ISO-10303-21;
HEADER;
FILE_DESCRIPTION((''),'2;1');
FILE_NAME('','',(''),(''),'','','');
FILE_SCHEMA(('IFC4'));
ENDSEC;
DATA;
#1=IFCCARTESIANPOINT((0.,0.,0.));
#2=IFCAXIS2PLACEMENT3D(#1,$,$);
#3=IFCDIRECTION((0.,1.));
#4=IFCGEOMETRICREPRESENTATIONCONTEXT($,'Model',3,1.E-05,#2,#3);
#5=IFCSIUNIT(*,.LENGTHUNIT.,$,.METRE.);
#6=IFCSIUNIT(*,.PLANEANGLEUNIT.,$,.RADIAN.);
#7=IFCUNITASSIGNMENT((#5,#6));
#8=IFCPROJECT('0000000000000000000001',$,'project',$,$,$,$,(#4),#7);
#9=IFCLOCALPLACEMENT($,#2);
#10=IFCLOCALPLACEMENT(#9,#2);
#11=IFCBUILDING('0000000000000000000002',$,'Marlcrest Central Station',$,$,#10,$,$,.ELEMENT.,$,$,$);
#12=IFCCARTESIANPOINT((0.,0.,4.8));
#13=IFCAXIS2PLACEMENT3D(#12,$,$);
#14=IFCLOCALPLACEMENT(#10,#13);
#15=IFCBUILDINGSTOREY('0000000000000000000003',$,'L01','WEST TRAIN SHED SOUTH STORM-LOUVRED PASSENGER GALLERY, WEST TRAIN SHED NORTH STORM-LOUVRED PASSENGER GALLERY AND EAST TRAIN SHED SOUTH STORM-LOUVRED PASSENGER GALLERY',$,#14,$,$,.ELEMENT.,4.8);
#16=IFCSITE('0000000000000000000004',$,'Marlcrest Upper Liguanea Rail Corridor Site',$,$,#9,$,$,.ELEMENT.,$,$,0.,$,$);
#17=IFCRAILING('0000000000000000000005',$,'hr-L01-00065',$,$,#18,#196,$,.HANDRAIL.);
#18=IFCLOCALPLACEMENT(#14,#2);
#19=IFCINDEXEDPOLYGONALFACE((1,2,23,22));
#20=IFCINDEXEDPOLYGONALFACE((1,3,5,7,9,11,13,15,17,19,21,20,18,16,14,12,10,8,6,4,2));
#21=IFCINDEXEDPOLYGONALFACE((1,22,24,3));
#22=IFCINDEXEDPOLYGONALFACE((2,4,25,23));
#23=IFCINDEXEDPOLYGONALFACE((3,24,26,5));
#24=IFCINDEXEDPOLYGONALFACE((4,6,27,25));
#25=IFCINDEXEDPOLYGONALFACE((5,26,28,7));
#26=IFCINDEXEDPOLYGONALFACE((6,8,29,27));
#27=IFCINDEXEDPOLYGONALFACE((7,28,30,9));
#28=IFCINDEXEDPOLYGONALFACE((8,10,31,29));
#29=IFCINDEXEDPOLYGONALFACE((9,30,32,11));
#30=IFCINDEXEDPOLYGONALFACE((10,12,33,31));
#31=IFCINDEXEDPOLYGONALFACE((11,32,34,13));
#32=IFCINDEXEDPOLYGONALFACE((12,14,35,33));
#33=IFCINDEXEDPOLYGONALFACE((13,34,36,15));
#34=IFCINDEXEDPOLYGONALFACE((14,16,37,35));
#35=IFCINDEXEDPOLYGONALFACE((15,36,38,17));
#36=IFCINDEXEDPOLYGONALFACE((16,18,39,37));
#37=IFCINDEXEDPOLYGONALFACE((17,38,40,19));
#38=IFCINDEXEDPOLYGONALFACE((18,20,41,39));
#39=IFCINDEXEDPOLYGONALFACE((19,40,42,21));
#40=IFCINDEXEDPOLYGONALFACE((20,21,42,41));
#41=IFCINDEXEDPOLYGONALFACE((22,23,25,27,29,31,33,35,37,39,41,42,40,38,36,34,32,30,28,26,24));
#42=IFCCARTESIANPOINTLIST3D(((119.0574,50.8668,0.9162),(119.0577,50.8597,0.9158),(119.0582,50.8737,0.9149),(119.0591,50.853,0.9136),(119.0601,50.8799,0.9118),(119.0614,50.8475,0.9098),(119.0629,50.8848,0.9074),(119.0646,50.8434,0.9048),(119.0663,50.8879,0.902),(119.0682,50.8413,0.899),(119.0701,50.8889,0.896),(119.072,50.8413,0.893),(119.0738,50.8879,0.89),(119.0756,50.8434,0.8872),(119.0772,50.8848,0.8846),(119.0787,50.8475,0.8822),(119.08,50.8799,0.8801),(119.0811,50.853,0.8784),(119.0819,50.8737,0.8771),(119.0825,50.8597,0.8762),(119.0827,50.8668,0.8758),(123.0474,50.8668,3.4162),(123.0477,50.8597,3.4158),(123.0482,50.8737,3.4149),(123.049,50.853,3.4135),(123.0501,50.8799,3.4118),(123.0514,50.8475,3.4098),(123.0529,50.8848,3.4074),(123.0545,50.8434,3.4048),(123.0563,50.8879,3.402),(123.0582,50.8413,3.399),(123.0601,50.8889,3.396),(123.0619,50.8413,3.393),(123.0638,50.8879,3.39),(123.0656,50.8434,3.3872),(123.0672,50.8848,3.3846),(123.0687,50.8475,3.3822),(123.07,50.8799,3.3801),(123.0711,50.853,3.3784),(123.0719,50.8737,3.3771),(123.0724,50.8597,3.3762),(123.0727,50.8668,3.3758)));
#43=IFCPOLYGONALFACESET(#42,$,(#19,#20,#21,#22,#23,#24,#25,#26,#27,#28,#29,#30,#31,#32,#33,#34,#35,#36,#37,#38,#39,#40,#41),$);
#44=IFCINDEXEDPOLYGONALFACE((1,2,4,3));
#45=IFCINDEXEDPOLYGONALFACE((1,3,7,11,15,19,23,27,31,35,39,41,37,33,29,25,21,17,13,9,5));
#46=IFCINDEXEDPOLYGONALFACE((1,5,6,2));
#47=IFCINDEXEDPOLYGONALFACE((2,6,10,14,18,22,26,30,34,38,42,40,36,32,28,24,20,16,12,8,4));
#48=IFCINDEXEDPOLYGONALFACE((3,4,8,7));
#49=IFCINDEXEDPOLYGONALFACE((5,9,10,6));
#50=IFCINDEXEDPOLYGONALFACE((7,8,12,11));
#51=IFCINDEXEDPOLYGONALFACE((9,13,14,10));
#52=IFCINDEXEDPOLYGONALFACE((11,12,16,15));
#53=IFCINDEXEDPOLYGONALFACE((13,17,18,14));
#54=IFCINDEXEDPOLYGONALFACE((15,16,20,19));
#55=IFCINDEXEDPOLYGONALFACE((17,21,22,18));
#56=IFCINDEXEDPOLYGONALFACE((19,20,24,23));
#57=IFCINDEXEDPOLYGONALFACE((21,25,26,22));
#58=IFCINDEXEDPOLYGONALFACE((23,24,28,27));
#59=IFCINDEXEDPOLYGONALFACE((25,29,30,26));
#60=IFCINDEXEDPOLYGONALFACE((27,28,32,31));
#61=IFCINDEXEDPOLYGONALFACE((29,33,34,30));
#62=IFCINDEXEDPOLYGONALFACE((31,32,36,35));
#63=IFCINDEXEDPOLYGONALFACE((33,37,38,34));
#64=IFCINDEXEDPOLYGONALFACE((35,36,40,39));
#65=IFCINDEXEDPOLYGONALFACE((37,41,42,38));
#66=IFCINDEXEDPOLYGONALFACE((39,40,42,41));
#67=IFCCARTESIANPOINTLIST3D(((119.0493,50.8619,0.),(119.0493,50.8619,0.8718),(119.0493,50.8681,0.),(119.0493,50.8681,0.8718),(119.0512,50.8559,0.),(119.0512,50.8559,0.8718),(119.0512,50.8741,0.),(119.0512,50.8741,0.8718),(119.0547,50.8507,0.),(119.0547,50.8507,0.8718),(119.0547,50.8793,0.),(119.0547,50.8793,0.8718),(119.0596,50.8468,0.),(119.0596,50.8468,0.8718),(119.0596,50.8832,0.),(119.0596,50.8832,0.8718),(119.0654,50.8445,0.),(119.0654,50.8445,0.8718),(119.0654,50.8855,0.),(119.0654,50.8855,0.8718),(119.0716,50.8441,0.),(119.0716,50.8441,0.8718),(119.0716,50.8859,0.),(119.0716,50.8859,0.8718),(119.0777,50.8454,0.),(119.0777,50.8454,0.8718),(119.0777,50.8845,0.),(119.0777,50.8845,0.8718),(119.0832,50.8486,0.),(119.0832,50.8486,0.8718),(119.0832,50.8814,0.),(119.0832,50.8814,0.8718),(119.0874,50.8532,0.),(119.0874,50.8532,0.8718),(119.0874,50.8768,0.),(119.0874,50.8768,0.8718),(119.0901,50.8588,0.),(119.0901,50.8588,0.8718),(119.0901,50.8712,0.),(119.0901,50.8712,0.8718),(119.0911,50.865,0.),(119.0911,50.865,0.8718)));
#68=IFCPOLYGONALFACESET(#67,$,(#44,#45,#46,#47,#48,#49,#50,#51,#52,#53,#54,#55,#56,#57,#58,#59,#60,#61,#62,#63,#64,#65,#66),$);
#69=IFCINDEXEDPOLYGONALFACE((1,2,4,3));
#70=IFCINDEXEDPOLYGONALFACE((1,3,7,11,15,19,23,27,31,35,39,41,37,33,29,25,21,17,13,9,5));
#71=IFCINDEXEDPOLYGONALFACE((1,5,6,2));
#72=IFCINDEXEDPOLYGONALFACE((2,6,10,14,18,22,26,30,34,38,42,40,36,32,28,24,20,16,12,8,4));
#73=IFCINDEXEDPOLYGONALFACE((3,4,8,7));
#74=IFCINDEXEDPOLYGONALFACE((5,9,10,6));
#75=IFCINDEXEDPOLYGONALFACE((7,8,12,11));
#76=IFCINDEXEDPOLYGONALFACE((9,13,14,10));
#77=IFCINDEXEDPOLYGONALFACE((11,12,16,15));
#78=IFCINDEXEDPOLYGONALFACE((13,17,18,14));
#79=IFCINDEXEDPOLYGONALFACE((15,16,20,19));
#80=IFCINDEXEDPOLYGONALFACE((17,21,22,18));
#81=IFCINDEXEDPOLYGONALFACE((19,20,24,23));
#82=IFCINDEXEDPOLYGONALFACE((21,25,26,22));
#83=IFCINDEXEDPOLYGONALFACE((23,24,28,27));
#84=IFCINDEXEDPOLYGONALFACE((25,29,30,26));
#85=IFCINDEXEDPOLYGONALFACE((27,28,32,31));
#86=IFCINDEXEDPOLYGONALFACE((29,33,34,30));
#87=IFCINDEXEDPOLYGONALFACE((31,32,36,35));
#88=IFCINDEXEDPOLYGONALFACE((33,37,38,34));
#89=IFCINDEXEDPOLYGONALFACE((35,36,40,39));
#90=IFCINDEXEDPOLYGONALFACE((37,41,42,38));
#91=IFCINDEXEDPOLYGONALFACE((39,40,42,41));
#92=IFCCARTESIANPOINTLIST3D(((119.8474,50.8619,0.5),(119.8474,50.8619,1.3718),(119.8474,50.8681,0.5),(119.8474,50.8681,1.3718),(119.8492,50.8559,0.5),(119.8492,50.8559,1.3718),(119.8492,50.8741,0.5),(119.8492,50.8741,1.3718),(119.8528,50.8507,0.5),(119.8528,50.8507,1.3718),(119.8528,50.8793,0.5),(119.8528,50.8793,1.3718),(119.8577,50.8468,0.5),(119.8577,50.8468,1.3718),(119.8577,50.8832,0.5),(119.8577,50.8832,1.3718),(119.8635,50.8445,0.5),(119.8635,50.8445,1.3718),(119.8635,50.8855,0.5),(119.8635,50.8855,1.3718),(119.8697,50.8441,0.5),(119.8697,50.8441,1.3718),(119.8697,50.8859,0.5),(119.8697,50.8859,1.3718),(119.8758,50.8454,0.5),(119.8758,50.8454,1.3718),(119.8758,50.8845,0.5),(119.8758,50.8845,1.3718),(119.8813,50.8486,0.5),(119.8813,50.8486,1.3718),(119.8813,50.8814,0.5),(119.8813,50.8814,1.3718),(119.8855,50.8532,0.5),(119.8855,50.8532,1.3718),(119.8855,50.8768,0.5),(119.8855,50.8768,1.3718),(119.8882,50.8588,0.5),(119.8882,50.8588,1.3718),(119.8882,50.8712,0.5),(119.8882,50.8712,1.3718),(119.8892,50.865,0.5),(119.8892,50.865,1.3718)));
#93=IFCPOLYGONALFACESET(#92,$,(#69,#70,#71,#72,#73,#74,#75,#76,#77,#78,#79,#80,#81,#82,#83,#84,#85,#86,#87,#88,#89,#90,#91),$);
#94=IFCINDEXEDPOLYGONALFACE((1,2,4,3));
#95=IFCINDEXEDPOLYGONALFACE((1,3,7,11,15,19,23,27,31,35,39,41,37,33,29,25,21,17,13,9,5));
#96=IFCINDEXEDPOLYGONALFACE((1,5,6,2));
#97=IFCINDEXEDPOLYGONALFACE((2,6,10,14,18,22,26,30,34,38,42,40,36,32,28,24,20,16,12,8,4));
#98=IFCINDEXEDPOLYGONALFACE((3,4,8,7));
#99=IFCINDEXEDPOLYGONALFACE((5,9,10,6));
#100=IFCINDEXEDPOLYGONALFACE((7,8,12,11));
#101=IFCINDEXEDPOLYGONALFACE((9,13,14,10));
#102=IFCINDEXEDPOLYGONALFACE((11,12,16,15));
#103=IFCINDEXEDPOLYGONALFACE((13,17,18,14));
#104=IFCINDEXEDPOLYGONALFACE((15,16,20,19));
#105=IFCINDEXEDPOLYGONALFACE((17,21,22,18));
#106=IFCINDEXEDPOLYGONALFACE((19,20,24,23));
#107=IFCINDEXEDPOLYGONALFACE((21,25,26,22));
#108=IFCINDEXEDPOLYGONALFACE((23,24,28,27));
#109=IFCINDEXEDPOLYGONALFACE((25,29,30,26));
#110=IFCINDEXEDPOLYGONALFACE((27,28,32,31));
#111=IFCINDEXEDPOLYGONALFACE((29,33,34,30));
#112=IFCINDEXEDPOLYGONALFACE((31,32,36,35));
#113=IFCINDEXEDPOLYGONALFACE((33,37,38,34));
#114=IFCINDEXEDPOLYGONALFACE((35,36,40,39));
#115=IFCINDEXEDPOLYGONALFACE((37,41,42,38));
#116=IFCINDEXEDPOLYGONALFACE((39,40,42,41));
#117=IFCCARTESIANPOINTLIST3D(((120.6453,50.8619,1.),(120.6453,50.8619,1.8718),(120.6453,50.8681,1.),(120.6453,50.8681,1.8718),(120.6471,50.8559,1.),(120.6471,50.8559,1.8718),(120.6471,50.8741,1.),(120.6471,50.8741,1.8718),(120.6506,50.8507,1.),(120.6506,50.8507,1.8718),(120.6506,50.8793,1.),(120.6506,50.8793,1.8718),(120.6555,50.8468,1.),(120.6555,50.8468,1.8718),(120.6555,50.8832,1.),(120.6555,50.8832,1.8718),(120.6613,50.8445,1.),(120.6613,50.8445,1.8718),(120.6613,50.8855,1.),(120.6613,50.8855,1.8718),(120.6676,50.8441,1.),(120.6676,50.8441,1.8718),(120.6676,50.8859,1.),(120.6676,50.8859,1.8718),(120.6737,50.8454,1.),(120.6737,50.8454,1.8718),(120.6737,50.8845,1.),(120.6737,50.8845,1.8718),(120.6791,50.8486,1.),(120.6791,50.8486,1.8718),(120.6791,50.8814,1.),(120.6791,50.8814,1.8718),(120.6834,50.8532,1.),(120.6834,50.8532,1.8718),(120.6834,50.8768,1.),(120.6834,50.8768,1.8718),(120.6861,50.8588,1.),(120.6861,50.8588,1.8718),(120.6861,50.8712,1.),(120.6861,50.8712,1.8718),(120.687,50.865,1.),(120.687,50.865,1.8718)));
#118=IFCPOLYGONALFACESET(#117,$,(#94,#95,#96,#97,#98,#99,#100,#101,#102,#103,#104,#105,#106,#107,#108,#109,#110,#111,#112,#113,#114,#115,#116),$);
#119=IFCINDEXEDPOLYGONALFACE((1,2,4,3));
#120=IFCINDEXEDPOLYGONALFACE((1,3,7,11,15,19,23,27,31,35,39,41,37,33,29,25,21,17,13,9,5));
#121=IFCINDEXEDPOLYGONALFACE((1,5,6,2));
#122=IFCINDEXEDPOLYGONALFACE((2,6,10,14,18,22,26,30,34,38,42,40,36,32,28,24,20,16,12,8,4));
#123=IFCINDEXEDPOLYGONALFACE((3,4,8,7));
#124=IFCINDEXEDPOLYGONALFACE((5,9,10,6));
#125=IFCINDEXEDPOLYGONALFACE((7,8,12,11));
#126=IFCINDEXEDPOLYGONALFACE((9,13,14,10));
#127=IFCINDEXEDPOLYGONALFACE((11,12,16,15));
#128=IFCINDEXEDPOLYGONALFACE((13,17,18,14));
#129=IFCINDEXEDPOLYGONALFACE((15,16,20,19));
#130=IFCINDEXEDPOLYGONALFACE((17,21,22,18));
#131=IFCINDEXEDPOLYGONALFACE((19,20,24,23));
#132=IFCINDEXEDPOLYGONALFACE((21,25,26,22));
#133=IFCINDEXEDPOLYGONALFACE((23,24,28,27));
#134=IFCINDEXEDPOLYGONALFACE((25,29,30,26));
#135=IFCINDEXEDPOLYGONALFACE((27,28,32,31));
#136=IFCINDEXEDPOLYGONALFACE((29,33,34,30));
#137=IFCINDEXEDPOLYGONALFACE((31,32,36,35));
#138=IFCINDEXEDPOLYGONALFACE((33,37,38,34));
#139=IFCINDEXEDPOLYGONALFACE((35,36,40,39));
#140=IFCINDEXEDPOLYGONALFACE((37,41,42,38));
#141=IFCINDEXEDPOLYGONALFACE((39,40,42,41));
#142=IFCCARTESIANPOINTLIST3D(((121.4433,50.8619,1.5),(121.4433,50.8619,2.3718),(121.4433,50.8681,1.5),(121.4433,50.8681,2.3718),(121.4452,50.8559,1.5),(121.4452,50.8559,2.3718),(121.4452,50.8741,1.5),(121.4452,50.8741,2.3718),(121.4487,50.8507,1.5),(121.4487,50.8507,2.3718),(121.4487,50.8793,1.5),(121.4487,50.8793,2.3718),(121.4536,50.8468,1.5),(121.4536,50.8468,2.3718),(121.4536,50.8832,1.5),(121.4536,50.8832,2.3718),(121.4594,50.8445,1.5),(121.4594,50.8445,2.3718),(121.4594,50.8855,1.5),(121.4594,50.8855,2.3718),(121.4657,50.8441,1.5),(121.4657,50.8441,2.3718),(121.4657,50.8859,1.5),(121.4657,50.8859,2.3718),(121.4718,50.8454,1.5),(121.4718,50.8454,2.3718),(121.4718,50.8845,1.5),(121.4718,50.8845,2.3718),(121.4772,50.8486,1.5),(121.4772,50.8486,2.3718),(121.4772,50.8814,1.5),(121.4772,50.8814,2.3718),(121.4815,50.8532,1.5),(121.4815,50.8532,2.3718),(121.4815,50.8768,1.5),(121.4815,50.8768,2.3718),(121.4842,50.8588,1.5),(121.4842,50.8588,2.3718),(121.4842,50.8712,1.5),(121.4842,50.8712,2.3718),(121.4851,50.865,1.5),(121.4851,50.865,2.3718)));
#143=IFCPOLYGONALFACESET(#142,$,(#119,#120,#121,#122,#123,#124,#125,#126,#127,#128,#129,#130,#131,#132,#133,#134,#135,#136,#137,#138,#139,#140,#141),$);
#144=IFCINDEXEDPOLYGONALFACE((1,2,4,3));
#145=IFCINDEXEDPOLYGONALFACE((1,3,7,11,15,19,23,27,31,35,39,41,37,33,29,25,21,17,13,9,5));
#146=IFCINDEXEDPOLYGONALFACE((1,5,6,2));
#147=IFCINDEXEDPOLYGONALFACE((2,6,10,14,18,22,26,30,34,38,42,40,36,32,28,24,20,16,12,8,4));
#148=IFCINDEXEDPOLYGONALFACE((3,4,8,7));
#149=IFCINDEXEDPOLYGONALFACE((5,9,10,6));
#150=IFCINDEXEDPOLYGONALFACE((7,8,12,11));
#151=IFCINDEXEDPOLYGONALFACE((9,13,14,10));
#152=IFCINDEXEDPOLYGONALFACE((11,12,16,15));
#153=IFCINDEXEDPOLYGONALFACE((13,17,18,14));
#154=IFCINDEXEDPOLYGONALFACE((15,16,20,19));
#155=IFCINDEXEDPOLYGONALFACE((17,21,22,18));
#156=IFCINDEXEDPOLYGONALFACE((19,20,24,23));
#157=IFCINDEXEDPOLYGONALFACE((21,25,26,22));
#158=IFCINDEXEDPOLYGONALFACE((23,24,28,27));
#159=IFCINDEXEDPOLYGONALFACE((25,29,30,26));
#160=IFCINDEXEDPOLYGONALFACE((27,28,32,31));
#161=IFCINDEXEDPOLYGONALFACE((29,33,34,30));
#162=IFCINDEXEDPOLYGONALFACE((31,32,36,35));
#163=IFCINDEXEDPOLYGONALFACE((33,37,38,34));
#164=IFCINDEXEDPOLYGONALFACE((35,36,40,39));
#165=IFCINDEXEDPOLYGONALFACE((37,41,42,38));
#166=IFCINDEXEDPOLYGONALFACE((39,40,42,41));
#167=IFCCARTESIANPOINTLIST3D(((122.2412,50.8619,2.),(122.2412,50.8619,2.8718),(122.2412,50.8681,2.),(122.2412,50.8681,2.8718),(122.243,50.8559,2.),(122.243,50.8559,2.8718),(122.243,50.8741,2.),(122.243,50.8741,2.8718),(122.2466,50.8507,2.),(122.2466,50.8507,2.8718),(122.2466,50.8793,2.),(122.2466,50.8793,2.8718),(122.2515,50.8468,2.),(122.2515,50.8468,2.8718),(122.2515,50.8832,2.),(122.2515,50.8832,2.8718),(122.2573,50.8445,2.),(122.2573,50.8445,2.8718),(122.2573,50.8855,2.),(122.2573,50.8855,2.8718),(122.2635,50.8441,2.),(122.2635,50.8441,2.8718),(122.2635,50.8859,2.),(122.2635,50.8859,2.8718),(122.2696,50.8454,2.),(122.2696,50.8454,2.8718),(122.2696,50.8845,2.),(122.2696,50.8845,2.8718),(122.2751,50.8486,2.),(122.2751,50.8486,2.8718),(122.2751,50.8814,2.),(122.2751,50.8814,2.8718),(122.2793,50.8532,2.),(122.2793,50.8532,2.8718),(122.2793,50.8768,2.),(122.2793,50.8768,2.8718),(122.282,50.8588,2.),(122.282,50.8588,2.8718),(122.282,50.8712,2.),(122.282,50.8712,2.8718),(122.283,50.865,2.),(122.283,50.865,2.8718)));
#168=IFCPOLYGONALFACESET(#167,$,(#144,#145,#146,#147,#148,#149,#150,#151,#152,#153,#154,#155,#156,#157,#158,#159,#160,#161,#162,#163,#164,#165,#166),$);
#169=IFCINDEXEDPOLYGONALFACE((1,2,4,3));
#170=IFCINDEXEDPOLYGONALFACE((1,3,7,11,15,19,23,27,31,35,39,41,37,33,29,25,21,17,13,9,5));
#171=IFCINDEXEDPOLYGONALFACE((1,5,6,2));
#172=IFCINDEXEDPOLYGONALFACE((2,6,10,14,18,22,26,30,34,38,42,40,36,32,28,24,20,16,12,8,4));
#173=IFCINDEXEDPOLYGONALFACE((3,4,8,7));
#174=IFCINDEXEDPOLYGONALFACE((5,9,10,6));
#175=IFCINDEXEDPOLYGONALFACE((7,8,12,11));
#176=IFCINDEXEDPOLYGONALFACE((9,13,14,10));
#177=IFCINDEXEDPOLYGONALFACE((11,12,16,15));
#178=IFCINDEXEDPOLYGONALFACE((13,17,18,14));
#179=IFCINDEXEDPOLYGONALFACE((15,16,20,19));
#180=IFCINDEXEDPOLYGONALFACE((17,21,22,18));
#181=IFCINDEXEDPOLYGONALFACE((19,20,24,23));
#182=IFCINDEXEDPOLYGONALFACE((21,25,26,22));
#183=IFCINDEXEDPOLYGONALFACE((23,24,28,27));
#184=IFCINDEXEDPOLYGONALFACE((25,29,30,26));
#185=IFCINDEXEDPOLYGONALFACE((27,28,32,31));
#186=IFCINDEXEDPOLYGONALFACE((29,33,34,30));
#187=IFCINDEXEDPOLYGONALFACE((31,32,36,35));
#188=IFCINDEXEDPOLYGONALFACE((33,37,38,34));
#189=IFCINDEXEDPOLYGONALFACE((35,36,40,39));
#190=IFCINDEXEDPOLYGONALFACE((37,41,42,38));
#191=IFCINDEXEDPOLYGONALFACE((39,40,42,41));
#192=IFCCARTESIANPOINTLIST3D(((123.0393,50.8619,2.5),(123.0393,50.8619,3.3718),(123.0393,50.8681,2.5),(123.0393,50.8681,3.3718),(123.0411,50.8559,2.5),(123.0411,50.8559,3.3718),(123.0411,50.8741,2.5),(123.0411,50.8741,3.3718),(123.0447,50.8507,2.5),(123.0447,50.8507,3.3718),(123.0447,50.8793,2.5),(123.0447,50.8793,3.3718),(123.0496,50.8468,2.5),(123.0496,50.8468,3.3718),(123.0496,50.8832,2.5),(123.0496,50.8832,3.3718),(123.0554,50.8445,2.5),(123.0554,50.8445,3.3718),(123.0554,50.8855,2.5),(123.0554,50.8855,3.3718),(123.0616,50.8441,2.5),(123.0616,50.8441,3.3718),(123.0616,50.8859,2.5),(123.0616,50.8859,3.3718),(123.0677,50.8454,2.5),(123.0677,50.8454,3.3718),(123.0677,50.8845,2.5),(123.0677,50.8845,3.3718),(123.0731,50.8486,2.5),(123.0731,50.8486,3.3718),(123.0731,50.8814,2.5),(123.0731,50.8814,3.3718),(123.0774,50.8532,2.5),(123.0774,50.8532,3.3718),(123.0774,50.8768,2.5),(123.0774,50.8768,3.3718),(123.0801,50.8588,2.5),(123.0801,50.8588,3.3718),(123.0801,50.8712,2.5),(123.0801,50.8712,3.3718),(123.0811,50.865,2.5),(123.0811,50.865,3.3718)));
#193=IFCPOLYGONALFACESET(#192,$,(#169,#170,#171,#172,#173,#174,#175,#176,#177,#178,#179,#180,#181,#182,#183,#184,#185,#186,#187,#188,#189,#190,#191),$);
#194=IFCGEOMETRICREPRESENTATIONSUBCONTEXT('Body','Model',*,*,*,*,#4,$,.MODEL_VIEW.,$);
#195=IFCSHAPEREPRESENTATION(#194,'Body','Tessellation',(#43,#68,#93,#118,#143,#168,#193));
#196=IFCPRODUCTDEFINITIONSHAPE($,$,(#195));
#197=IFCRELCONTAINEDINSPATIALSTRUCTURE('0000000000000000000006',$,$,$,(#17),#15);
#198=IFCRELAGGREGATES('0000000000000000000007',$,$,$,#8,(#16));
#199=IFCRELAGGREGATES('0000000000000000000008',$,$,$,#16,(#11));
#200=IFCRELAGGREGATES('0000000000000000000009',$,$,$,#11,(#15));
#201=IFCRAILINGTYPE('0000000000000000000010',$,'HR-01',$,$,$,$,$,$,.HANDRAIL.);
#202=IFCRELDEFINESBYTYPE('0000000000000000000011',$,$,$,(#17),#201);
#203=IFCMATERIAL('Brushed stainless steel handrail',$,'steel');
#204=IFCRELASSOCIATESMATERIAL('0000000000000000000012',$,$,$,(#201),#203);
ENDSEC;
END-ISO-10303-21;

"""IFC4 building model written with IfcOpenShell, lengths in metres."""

from ifc_helpers import new_model, si_unit, direction, frame, origin, origin_2d, place, context, subcontext, project, spatial, circle, extrude, material, type_object, element, save


model = new_model("IFC4")

# Units and contexts
model_context = context("Model", 3, precision=1e-05, world=origin(), true_north=direction((0.0, 1.0)))
body_context = subcontext(model_context, "Body", "Model", "MODEL_VIEW")
ifc_project = project(units=[si_unit("LENGTHUNIT", "METRE"), si_unit("PLANEANGLEUNIT", "RADIAN")], contexts=[model_context])

# Site, building, storey
site_placement = place(None, origin())
site = spatial("IfcSite", under=ifc_project, at=site_placement, Name="Marlcrest Upper Liguanea Rail Corridor Site", CompositionType="ELEMENT", RefElevation=0.0)
building_placement = place(site_placement, origin())
building = spatial("IfcBuilding", under=site, at=building_placement, Name="Marlcrest Central Station", CompositionType="ELEMENT")
storey_placement = place(building_placement, frame((0.0, 0.0, 4.8)))
storey = spatial("IfcBuildingStorey", under=building, at=storey_placement, Name="L01", Description="WEST TRAIN SHED SOUTH STORM-LOUVRED PASSENGER GALLERY, WEST TRAIN SHED NORTH STORM-LOUVRED PASSENGER GALLERY AND EAST TRAIN SHED SOUTH STORM-LOUVRED PASSENGER GALLERY", CompositionType="ELEMENT", Elevation=4.8)

# Railing
ifc_material_1 = material(Name="Brushed stainless steel handrail", Category="steel")
railing_type_1 = type_object("IfcRailingType", Name="HR-01", PredefinedType="HANDRAIL", material=ifc_material_1)
for number, where, name in (
    (1, (119.0701, 50.865, 0.0), "hr-L01-00065"),
):
    element("IfcRailing", number, at=place(storey_placement, frame(where)), inside=storey, type_object=railing_type_1, Name=name, PredefinedType="HANDRAIL", context=body_context, shape_type="SweptSolid", body=[
        extrude(circle(Radius=0.0239, at=origin_2d()), frame((0.0, 0.0, 0.896), z_axis=(0.847401, 0.0, 0.530954), x_axis=(0.0, 1.0, 0.0)), (0.0, 0.0, 1.0), 4.7085),
        extrude(circle(Radius=0.021, at=origin_2d()), origin(), (0.0, 0.0, 1.0), 0.8718),
        extrude(circle(Radius=0.021, at=origin_2d()), frame((0.7981, 0.0, 0.5)), (0.0, 0.0, 1.0), 0.8718),
        extrude(circle(Radius=0.021, at=origin_2d()), frame((1.5959, 0.0, 1.0)), (0.0, 0.0, 1.0), 0.8718),
        extrude(circle(Radius=0.021, at=origin_2d()), frame((2.394, 0.0, 1.5)), (0.0, 0.0, 1.0), 0.8718),
        extrude(circle(Radius=0.021, at=origin_2d()), frame((3.1919, 0.0, 2.0)), (0.0, 0.0, 1.0), 0.8718),
        extrude(circle(Radius=0.021, at=origin_2d()), frame((3.99, 0.0, 2.5)), (0.0, 0.0, 1.0), 0.8718),
    ])

save(model, "model.ifc")
